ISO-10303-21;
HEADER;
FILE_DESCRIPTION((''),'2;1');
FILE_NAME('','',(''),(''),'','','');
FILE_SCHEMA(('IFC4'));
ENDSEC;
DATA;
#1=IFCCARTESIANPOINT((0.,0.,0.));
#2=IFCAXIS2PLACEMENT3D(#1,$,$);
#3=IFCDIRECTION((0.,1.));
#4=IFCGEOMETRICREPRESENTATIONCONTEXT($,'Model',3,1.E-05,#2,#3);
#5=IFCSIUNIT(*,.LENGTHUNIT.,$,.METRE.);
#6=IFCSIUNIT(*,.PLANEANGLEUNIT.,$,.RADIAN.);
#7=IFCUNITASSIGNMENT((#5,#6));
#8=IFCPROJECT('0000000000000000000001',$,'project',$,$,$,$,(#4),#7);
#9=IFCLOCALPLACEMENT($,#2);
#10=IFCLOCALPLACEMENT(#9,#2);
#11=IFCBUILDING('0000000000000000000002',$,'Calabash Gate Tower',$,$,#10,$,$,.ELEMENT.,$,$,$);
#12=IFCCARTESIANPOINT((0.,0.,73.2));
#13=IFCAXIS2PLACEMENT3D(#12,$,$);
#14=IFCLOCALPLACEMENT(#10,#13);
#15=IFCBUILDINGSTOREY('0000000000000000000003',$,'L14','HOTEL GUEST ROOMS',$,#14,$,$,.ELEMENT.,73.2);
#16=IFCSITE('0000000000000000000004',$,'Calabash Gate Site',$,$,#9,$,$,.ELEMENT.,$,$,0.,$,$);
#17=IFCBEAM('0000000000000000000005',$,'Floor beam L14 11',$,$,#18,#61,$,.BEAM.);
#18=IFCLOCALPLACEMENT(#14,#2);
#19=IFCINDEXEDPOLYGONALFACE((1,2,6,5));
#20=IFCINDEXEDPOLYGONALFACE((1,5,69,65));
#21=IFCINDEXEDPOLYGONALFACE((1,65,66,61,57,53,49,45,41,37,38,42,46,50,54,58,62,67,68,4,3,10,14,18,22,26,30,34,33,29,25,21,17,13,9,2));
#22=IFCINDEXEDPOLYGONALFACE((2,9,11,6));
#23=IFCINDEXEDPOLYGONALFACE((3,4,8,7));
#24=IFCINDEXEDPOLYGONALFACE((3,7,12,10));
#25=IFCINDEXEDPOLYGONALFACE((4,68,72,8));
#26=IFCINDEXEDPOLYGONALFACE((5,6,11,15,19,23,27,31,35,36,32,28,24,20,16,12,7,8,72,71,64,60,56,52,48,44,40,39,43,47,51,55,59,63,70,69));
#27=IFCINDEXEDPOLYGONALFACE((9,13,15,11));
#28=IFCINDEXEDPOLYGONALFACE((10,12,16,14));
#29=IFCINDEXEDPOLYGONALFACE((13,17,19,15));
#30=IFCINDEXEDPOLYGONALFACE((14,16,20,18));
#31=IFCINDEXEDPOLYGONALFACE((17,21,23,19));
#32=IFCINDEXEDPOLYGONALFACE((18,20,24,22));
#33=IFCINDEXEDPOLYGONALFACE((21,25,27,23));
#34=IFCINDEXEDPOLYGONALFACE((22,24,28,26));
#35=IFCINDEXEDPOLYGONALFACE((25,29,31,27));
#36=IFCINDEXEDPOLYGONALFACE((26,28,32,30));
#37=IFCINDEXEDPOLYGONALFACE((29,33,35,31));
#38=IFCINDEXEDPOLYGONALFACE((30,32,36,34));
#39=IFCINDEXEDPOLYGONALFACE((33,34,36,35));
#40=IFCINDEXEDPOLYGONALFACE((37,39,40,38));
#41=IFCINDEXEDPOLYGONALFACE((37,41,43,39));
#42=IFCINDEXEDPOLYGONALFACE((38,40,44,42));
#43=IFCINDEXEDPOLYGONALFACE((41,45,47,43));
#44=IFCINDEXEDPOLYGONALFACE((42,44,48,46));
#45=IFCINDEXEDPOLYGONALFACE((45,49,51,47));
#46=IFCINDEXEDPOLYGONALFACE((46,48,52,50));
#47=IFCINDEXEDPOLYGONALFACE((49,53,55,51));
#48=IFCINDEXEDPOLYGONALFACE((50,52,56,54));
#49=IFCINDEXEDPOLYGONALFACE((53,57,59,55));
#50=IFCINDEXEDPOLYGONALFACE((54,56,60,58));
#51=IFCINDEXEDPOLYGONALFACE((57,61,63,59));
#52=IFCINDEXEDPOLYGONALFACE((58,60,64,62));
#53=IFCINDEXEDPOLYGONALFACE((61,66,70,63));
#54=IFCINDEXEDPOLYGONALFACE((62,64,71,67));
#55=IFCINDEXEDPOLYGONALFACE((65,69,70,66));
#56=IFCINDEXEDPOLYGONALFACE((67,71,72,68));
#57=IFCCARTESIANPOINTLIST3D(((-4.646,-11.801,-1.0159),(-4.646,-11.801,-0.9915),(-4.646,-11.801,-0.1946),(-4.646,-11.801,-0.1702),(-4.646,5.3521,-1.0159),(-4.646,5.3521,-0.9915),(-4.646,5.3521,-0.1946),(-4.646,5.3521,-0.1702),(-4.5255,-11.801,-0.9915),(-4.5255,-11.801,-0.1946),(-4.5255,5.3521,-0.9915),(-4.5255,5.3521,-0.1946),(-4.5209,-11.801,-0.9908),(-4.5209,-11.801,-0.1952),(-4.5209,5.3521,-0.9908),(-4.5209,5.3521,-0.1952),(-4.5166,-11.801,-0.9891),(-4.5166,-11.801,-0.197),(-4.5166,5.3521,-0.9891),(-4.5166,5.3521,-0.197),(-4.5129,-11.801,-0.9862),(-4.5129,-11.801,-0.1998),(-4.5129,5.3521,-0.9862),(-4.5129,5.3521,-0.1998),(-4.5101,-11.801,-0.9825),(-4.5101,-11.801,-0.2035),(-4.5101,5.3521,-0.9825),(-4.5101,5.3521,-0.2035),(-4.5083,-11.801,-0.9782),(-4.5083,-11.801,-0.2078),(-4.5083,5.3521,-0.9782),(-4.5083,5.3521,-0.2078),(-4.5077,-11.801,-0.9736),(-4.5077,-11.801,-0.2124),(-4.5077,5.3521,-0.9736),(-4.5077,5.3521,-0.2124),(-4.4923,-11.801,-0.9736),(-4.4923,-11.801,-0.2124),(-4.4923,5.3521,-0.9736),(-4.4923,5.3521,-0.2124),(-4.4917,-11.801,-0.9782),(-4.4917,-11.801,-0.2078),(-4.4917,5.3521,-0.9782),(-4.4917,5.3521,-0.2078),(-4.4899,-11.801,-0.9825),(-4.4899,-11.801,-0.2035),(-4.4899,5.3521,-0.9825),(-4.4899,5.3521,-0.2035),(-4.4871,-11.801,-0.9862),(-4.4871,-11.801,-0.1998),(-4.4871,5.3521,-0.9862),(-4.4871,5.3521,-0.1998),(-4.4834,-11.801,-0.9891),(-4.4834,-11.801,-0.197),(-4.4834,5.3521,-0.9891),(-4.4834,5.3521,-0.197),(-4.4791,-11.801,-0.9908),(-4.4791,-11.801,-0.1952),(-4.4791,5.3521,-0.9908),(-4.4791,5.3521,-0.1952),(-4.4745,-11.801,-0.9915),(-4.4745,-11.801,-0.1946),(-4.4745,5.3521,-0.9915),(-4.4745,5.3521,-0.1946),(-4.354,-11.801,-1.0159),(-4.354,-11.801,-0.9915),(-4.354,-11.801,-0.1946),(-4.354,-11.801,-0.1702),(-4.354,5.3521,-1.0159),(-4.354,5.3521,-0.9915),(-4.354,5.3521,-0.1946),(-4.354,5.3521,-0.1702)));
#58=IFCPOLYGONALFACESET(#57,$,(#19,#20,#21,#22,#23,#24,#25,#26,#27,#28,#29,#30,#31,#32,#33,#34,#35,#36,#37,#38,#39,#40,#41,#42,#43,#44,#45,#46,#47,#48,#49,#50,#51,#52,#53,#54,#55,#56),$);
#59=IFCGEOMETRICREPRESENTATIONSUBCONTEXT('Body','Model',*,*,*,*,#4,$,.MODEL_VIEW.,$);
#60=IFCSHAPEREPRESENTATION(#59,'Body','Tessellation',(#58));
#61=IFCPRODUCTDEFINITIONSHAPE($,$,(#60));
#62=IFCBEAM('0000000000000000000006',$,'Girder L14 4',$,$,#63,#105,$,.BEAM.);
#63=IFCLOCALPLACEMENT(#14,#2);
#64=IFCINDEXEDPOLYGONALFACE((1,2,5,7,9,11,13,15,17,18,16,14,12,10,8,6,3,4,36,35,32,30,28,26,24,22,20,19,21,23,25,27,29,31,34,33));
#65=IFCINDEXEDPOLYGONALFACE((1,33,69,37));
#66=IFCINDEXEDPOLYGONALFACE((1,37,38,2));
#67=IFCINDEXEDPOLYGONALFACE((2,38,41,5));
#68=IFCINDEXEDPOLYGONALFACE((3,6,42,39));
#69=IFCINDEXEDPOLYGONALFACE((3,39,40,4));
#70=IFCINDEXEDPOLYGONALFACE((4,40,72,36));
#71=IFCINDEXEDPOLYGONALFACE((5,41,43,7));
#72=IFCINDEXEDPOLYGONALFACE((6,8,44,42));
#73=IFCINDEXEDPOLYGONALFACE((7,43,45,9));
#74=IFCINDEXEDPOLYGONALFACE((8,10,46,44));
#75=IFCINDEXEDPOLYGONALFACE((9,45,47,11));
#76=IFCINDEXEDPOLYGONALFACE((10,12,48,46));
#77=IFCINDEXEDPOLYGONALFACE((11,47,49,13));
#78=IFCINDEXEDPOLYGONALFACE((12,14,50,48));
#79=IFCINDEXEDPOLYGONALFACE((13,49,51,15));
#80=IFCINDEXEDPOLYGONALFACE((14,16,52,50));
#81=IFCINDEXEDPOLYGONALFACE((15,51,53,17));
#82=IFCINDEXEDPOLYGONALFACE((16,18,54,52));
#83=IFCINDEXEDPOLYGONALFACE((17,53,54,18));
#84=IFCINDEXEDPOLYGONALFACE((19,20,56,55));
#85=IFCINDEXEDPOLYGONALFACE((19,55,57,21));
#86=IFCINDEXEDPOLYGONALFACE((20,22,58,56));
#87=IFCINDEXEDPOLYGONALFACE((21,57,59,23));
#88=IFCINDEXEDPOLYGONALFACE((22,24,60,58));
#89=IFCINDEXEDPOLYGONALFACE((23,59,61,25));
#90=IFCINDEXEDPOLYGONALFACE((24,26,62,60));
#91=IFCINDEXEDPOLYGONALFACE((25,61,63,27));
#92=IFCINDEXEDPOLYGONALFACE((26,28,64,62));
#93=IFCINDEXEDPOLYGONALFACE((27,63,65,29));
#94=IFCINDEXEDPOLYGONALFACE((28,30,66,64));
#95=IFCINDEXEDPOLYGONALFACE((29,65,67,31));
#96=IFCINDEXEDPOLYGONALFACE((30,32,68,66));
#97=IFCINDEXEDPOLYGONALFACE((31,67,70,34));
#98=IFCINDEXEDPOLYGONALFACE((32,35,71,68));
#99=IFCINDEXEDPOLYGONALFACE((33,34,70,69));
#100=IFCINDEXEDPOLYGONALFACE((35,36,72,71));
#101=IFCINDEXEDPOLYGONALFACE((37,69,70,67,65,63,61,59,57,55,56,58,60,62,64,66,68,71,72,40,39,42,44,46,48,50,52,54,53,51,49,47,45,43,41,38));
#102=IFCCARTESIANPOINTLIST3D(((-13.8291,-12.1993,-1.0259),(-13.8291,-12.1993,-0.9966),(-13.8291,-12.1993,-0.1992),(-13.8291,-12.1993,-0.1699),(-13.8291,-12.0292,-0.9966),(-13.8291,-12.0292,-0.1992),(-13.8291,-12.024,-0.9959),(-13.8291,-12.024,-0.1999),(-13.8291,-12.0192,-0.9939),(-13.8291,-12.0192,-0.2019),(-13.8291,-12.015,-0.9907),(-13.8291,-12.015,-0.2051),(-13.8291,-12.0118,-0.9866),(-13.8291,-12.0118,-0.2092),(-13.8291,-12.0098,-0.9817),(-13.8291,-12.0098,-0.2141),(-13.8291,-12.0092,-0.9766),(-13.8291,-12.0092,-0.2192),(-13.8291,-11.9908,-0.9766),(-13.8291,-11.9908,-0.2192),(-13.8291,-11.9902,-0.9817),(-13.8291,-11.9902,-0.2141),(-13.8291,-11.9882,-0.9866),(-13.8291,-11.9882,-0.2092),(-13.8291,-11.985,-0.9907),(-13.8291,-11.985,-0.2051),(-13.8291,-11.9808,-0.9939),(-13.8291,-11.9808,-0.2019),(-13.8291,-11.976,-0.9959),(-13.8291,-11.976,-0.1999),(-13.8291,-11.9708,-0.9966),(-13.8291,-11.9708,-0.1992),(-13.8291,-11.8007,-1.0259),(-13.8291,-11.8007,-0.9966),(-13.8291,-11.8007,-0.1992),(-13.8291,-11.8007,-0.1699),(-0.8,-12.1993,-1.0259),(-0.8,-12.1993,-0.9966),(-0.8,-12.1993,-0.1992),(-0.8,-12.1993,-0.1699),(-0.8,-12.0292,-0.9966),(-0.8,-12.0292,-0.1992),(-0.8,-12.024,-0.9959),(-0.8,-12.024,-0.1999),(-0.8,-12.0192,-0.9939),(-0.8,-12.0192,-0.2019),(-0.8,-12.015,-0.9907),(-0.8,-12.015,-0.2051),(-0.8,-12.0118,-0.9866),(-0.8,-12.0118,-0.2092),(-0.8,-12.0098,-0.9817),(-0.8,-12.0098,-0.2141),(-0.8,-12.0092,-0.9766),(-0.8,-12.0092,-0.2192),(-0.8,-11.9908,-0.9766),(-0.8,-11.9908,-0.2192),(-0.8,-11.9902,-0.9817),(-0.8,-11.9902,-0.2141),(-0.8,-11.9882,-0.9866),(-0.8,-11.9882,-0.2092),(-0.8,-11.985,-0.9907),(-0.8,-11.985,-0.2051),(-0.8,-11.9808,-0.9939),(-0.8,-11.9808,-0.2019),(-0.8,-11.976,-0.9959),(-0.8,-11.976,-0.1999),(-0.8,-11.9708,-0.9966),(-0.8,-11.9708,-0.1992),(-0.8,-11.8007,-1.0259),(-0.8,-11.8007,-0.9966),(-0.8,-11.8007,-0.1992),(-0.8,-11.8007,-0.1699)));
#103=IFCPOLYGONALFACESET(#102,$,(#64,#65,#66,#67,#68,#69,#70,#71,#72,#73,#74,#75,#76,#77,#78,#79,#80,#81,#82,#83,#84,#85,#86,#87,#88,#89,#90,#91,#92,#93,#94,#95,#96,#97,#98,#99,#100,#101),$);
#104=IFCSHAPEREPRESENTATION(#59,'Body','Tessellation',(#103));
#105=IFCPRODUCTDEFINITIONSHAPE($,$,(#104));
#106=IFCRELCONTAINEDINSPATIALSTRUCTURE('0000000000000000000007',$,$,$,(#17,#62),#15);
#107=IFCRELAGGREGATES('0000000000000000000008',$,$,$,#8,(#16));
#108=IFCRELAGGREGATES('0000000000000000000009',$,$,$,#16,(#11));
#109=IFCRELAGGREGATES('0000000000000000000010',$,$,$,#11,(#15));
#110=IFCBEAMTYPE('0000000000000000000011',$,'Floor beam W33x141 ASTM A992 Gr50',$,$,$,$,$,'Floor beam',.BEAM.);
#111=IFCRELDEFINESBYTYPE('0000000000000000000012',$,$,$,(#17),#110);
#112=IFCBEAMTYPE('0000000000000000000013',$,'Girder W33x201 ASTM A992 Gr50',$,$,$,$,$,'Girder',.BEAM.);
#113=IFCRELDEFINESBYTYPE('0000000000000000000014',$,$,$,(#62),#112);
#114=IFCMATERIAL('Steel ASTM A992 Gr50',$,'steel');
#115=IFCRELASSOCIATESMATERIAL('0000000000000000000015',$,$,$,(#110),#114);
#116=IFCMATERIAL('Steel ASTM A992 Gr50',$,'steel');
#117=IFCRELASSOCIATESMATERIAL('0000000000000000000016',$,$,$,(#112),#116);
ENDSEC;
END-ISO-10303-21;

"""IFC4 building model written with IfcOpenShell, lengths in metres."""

from ifc_helpers import new_model, si_unit, direction, frame, origin, origin_2d, place, context, subcontext, project, spatial, i_section, extrude, material, material_profile, profile_set, type_object, element, save


model = new_model("IFC4")

# Units and contexts
model_context = context("Model", 3, precision=1e-05, world=origin(), true_north=direction((0.0, 1.0)))
body_context = subcontext(model_context, "Body", "Model", "MODEL_VIEW")
ifc_project = project(units=[si_unit("LENGTHUNIT", "METRE"), si_unit("PLANEANGLEUNIT", "RADIAN")], contexts=[model_context])

# Site, building, storey
site_placement = place(None, origin())
site = spatial("IfcSite", under=ifc_project, at=site_placement, Name="Calabash Gate Site", CompositionType="ELEMENT", RefElevation=0.0)
building_placement = place(site_placement, origin())
building = spatial("IfcBuilding", under=site, at=building_placement, Name="Calabash Gate Tower", CompositionType="ELEMENT")
storey_placement = place(building_placement, frame((0.0, 0.0, 73.2)))
storey = spatial("IfcBuildingStorey", under=building, at=storey_placement, Name="L14", Description="HOTEL GUEST ROOMS", CompositionType="ELEMENT", Elevation=73.2)

# Beams
ifc_material_1 = material(Name="Steel ASTM A992 Gr50", Category="steel")
ifc_material_profile_1 = material_profile(ifc_material_1, i_section(OverallWidth=0.292, OverallDepth=0.8457, WebThickness=0.0154, FlangeThickness=0.0244, FilletRadius=0.0178, at=origin_2d()))
ifc_profile_set_1 = profile_set([ifc_material_profile_1], Name="Steel ASTM A992 Gr50")
beam_type_1 = type_object("IfcBeamType", Name="Floor beam W33x141 ASTM A992 Gr50", ElementType="Floor beam", PredefinedType="BEAM", material=ifc_profile_set_1)
beam_1_placement = place(storey_placement, frame((-4.5, -11.801, -0.593), z_axis=(0.0, 1.0, 0.0), x_axis=(-1.0, 0.0, 0.0)))
element("IfcBeam", 1, at=beam_1_placement, inside=storey, type_object=beam_type_1, Name="Floor beam L14 11", PredefinedType="BEAM", context=body_context, shape_type="SweptSolid", body=[
    extrude(i_section(OverallWidth=0.292, OverallDepth=0.8457, WebThickness=0.0154, FlangeThickness=0.0244, FilletRadius=0.0178, at=origin_2d()), origin(), (0.0, 0.0, 1.0), 17.1531),
])
ifc_material_2 = material(Name="Steel ASTM A992 Gr50", Category="steel")
ifc_material_profile_2 = material_profile(ifc_material_2, i_section(OverallWidth=0.3987, OverallDepth=0.856, WebThickness=0.0183, FlangeThickness=0.0293, FilletRadius=0.02, at=origin_2d()))
ifc_profile_set_2 = profile_set([ifc_material_profile_2], Name="Steel ASTM A992 Gr50")
beam_type_2 = type_object("IfcBeamType", Name="Girder W33x201 ASTM A992 Gr50", ElementType="Girder", PredefinedType="BEAM", material=ifc_profile_set_2)
beam_2_placement = place(storey_placement, frame((-13.8291, -12.0, -0.5979), z_axis=(1.0, 0.0, 0.0), x_axis=(0.0, 1.0, 0.0)))
element("IfcBeam", 2, at=beam_2_placement, inside=storey, type_object=beam_type_2, Name="Girder L14 4", PredefinedType="BEAM", context=body_context, shape_type="SweptSolid", body=[
    extrude(i_section(OverallWidth=0.3987, OverallDepth=0.856, WebThickness=0.0183, FlangeThickness=0.0293, FilletRadius=0.02, at=origin_2d()), origin(), (0.0, 0.0, 1.0), 13.0291),
])

save(model, "model.ifc")
